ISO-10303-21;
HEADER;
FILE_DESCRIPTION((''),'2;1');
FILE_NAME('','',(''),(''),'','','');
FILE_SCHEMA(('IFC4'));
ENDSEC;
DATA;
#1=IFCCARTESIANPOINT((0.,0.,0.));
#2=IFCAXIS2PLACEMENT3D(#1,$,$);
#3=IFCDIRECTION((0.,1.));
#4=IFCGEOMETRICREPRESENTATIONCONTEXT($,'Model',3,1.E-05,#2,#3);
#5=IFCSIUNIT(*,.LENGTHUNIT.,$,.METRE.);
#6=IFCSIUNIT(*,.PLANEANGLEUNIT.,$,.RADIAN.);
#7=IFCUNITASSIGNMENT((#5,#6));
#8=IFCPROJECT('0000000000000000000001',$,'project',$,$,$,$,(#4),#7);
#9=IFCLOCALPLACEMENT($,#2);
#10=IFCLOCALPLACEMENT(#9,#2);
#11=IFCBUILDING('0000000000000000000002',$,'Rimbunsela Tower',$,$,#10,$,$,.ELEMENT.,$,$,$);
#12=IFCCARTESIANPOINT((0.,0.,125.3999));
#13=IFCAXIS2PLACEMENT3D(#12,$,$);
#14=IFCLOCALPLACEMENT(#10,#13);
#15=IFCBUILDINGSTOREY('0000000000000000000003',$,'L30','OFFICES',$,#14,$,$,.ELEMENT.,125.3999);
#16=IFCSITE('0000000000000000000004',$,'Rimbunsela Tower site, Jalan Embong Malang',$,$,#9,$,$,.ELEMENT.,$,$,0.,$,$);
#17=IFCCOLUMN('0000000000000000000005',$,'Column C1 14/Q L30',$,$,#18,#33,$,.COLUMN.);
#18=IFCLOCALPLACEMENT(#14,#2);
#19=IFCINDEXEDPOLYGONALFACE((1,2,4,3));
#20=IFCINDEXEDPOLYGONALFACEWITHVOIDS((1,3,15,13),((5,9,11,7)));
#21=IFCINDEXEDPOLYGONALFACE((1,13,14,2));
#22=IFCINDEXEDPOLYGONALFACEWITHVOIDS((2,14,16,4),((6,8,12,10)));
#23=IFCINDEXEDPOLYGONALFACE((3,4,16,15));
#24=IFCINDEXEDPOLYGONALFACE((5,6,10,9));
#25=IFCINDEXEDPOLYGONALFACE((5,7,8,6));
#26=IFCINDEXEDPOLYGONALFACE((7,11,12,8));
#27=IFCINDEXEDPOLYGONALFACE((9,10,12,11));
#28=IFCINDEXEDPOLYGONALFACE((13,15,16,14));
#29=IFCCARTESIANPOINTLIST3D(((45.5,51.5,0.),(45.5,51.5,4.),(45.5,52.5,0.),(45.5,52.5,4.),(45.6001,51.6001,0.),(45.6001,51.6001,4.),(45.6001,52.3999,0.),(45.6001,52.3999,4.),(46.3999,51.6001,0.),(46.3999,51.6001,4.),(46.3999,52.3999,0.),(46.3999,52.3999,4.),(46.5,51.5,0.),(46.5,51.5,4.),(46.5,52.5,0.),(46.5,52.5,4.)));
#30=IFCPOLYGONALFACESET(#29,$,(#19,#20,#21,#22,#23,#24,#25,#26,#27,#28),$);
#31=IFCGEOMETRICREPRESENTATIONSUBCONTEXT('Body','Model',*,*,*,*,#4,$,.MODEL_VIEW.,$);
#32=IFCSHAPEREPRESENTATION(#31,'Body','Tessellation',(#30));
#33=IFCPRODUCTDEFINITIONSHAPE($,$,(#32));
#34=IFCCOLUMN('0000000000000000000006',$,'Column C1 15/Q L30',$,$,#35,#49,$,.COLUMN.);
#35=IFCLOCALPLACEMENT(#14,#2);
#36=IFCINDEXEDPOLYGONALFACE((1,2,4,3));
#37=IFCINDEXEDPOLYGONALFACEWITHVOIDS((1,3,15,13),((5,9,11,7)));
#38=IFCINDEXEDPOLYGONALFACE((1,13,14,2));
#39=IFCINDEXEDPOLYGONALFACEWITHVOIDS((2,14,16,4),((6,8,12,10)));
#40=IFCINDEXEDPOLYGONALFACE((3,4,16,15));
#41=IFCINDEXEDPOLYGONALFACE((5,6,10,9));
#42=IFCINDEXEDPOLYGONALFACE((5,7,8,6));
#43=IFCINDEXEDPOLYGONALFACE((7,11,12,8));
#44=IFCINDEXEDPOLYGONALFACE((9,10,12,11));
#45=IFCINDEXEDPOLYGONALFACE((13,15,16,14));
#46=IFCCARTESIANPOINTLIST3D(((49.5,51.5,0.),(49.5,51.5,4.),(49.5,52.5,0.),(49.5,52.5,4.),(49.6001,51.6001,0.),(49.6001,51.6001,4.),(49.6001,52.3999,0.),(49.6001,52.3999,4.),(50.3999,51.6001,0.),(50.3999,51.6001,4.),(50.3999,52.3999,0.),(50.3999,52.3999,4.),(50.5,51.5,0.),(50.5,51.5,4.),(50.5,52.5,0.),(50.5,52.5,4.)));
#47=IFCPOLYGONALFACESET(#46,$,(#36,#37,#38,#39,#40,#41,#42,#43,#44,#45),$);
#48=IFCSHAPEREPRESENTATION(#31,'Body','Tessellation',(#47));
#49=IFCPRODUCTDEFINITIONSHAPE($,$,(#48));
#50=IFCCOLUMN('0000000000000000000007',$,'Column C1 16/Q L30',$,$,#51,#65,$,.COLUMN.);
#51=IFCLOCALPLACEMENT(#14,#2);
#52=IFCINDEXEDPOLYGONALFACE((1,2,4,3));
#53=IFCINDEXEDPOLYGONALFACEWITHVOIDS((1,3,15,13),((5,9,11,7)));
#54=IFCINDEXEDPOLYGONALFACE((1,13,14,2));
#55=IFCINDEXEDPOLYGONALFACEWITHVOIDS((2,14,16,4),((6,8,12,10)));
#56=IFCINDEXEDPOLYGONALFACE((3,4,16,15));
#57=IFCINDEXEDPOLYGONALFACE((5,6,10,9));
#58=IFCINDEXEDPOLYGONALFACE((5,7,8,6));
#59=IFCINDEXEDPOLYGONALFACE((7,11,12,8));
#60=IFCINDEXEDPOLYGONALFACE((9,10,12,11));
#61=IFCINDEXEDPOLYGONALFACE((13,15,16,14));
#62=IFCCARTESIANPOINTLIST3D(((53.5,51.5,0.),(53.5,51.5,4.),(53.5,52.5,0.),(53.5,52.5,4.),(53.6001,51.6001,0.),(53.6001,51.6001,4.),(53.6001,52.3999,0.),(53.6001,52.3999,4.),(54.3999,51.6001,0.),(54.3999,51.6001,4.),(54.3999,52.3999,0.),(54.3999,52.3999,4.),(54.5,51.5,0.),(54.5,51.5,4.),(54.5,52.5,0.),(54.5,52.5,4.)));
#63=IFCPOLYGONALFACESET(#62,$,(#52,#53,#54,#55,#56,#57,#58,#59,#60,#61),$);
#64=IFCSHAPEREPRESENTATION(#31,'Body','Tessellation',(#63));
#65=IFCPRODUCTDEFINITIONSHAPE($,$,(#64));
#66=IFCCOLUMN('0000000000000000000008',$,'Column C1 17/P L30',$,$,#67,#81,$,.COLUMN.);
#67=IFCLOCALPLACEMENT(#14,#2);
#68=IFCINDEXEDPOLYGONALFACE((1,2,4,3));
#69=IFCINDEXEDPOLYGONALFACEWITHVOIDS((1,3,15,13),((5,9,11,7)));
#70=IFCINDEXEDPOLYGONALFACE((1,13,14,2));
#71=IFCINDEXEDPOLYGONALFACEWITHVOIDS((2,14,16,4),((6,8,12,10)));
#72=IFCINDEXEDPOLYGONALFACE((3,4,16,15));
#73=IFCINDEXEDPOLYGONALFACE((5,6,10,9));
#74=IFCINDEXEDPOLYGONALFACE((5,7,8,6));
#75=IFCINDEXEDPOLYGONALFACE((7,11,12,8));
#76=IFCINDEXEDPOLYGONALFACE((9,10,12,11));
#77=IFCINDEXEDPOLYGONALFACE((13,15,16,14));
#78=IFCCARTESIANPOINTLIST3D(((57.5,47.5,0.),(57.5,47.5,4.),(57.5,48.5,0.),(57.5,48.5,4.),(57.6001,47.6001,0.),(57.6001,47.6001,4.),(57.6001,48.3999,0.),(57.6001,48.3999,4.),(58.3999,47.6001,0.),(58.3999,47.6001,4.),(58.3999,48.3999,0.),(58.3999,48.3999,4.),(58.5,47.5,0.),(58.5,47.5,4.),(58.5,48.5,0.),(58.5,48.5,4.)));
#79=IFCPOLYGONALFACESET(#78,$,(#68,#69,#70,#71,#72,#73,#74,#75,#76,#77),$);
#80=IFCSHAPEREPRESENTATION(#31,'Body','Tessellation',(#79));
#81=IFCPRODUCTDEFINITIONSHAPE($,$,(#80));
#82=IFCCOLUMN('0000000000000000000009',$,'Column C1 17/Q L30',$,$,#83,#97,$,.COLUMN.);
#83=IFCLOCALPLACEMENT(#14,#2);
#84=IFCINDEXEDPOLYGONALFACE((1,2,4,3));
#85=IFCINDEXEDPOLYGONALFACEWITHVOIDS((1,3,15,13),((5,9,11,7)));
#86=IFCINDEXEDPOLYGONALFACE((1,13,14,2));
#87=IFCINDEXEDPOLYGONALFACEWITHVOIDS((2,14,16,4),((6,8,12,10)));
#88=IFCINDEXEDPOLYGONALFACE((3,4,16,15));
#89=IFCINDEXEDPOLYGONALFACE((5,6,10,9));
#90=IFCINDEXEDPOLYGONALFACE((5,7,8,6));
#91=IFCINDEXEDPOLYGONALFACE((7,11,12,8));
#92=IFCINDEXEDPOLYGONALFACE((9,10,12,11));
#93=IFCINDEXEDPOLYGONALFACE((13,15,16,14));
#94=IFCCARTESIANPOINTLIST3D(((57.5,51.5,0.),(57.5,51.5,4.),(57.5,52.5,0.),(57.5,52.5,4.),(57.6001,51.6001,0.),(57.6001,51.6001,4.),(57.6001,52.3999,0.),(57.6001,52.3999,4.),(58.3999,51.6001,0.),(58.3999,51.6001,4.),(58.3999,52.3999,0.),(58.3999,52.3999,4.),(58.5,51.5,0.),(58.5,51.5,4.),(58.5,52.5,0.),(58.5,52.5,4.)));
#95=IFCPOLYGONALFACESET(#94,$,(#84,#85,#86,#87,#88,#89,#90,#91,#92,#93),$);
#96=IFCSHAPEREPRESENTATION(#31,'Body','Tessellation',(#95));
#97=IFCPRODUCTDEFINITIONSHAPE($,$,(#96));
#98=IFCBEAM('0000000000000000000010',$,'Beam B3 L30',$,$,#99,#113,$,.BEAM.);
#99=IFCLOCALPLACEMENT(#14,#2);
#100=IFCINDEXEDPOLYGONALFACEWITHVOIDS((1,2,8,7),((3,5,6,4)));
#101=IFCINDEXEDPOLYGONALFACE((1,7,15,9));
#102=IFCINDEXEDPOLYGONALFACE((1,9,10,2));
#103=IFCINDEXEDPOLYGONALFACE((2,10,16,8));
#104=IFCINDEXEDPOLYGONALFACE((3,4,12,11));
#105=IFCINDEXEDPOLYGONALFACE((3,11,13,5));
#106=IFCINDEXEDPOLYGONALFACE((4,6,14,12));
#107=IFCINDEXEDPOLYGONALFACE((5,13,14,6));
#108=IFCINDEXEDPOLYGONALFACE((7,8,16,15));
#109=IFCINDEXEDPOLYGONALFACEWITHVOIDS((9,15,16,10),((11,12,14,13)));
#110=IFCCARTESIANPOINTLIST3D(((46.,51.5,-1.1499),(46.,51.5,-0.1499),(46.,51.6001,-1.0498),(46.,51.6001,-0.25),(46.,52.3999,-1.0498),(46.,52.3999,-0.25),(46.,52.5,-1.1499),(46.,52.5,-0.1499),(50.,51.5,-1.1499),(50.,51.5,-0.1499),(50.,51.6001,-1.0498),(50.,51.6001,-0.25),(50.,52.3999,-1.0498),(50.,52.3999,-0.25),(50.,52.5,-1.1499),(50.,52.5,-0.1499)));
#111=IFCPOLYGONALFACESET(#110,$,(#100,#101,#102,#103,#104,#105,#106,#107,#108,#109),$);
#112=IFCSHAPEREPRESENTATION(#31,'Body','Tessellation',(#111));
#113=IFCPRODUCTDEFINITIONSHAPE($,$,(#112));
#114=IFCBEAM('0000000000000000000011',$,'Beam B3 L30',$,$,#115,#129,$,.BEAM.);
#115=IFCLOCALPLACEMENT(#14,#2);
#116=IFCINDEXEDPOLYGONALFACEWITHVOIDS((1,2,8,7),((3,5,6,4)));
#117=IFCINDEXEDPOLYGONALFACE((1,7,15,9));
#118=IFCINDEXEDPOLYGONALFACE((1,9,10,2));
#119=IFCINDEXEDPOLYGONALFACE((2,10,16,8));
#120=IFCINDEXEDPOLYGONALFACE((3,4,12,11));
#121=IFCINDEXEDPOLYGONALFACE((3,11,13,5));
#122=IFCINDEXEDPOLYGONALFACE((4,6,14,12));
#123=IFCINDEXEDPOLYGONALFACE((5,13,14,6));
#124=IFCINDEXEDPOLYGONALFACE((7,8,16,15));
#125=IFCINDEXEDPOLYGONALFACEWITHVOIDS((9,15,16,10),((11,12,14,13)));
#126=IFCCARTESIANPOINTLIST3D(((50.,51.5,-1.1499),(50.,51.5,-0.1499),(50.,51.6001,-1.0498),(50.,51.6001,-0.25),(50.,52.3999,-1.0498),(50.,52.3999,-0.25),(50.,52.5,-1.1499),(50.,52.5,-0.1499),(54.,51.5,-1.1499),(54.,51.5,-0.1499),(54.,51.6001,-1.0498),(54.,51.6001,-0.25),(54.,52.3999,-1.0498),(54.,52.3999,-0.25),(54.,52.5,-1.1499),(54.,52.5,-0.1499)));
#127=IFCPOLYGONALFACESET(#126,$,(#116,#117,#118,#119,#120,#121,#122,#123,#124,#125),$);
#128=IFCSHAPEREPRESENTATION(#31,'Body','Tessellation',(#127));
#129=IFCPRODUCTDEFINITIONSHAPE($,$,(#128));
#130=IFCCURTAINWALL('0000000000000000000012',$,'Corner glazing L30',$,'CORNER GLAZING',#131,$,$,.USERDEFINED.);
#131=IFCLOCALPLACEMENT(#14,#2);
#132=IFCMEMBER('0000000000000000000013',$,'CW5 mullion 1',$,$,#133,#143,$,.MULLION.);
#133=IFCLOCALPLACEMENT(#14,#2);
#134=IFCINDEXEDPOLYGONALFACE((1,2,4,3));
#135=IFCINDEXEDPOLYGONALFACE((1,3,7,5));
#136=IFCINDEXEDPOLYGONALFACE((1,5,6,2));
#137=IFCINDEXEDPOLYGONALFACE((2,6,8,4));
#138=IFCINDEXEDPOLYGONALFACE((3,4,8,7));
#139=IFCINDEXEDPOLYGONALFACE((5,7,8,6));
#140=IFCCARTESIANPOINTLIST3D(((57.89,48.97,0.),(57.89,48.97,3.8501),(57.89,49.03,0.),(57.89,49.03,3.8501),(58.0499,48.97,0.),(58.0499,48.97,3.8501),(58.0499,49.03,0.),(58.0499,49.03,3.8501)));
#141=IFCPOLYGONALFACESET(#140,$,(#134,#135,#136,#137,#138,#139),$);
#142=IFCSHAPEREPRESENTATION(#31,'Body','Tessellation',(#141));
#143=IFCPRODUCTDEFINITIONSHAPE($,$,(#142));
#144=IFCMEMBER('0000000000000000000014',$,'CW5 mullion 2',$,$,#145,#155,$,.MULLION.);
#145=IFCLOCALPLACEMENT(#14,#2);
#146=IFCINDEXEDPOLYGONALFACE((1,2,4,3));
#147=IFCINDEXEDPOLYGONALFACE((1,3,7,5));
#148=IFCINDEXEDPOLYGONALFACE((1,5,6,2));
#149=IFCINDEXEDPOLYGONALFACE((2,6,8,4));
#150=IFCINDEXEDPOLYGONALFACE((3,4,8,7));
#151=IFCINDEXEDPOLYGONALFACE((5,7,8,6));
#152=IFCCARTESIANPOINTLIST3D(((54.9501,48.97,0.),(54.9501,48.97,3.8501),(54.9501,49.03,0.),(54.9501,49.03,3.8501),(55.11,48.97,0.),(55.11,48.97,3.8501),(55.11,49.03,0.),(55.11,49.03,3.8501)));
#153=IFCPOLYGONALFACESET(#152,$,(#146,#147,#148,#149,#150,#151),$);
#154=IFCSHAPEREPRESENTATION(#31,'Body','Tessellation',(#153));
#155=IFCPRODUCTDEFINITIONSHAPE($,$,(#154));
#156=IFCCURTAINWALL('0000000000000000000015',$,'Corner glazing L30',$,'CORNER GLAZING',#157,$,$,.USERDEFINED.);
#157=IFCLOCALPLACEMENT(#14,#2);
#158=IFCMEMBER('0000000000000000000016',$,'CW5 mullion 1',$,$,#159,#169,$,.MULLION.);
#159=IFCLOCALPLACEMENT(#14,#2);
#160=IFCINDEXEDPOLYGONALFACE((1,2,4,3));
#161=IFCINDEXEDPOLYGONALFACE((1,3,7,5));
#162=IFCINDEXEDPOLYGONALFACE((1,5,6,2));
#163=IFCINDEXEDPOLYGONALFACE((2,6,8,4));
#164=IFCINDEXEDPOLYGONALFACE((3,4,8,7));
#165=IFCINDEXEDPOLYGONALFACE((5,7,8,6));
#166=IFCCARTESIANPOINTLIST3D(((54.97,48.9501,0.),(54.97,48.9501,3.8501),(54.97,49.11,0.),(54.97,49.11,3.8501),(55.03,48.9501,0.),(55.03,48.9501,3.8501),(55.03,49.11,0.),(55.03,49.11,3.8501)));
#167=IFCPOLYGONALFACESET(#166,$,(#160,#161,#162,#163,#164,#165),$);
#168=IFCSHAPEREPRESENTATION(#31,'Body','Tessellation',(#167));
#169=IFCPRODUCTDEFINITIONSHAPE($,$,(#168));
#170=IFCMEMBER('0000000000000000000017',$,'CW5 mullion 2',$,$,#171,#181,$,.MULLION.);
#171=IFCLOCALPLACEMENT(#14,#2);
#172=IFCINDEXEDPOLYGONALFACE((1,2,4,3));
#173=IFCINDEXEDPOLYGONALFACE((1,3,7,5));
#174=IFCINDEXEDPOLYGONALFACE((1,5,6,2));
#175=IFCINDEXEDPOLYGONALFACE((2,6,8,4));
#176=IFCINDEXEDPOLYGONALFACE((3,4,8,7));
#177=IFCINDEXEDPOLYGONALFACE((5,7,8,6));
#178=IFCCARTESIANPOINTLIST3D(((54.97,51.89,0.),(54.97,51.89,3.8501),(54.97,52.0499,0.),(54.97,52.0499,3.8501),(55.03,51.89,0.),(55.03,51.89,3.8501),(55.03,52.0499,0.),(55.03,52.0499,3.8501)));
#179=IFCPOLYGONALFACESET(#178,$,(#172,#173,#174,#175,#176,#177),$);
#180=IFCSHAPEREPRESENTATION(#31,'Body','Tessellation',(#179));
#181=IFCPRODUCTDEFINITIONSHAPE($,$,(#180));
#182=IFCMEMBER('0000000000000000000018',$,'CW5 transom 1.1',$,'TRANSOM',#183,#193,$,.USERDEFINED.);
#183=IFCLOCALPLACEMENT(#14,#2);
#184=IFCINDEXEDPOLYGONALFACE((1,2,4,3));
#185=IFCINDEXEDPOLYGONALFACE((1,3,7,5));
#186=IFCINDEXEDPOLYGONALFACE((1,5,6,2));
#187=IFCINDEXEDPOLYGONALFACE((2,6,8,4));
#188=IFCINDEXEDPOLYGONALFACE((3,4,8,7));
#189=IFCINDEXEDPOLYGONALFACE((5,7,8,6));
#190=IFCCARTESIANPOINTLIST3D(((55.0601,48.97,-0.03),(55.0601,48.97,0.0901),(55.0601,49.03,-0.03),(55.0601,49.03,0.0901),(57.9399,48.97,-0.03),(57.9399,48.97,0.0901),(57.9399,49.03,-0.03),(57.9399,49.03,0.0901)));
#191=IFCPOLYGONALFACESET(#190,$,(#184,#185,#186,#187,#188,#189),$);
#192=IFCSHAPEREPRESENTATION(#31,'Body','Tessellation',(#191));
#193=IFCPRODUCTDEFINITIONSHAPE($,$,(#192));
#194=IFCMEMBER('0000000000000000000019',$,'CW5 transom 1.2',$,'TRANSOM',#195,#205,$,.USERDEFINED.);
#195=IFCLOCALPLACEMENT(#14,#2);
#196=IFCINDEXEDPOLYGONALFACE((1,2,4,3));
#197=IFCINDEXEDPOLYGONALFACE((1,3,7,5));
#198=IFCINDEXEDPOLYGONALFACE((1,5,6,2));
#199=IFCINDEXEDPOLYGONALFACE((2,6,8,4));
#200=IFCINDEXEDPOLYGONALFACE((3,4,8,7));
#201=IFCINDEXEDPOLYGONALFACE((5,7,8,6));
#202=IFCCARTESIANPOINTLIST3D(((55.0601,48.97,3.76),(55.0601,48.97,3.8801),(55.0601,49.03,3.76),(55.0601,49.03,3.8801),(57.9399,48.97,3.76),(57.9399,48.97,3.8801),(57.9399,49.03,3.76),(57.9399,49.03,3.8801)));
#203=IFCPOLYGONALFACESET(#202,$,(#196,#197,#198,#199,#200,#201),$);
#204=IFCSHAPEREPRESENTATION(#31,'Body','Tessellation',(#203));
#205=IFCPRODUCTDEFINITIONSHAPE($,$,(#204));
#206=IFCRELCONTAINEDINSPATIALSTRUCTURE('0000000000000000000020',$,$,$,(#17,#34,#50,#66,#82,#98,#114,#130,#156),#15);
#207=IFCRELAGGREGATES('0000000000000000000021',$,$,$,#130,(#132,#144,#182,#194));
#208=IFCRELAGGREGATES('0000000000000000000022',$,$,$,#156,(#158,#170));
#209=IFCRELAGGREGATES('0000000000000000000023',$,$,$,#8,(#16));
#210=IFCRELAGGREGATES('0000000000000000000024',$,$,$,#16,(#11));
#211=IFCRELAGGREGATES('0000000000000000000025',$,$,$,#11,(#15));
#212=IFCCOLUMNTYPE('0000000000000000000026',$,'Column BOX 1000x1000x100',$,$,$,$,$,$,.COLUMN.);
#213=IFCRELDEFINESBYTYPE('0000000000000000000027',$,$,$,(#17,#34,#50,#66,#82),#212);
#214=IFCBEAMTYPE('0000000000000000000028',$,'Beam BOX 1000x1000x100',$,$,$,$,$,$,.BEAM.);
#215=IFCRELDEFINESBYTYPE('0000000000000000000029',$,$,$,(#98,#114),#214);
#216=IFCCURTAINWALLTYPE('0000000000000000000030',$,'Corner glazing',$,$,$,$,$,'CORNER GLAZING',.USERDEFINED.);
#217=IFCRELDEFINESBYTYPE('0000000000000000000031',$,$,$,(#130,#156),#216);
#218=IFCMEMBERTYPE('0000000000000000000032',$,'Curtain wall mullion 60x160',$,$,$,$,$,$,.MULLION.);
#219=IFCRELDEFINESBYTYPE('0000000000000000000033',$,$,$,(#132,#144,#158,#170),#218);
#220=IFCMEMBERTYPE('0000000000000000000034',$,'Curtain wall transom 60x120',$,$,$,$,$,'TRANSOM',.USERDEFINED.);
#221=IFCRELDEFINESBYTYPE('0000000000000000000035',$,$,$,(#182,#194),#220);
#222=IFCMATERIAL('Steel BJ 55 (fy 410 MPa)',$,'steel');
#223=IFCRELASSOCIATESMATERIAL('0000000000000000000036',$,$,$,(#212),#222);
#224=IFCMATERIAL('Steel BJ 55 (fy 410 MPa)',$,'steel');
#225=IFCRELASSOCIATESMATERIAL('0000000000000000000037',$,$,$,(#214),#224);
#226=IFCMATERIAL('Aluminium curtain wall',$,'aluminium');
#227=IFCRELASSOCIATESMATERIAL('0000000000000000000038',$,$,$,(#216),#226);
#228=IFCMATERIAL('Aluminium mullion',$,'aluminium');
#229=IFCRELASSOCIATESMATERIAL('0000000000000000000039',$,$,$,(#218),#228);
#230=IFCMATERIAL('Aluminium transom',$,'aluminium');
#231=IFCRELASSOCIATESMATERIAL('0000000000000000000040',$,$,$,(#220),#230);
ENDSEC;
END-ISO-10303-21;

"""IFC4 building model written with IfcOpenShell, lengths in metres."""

from ifc_helpers import new_model, si_unit, direction, frame, origin, origin_2d, place, context, subcontext, project, spatial, rectangle, hollow_rectangle, extrude, material, material_profile, profile_set, type_object, element, aggregate, save


model = new_model("IFC4")

# Units and contexts
model_context = context("Model", 3, precision=1e-05, world=origin(), true_north=direction((0.0, 1.0)))
body_context = subcontext(model_context, "Body", "Model", "MODEL_VIEW")
ifc_project = project(units=[si_unit("LENGTHUNIT", "METRE"), si_unit("PLANEANGLEUNIT", "RADIAN")], contexts=[model_context])

# Site, building, storey
site_placement = place(None, origin())
site = spatial("IfcSite", under=ifc_project, at=site_placement, Name="Rimbunsela Tower site, Jalan Embong Malang", CompositionType="ELEMENT", RefElevation=0.0)
building_placement = place(site_placement, origin())
building = spatial("IfcBuilding", under=site, at=building_placement, Name="Rimbunsela Tower", CompositionType="ELEMENT")
storey_placement = place(building_placement, frame((0.0, 0.0, 125.3999)))
storey = spatial("IfcBuildingStorey", under=building, at=storey_placement, Name="L30", Description="OFFICES", CompositionType="ELEMENT", Elevation=125.3999)

# Columns
ifc_material_1 = material(Name="Steel BJ 55 (fy 410 MPa)", Category="steel")
ifc_material_profile_1 = material_profile(ifc_material_1, hollow_rectangle(XDim=1.0, YDim=1.0, WallThickness=0.1001, at=origin_2d()), Name="BOX 1000x1000x100")
ifc_profile_set_1 = profile_set([ifc_material_profile_1], Name="Steel BJ 55 (fy 410 MPa)")
column_type = type_object("IfcColumnType", Name="Column BOX 1000x1000x100", PredefinedType="COLUMN", material=ifc_profile_set_1)
for number, where, z_axis, x_axis, name in (
    (1, (46.0, 52.0, 0.0), (0.0, 0.0, 1.0), (1.0, 0.0, 0.0), "Column C1 14/Q L30"),
    (2, (50.0, 52.0, 0.0), (0.0, 0.0, 1.0), (1.0, 0.0, 0.0), "Column C1 15/Q L30"),
    (3, (54.0, 52.0, 0.0), (0.0, 0.0, 1.0), (1.0, 0.0, 0.0), "Column C1 16/Q L30"),
    (4, (58.0, 48.0, 0.0), (0.0, 0.0, 1.0), (1.0, 0.0, 0.0), "Column C1 17/P L30"),
    (5, (58.0, 52.0, 0.0), (0.0, 0.0, 1.0), (1.0, 0.0, 0.0), "Column C1 17/Q L30"),
):
    element("IfcColumn", number, at=place(storey_placement, frame(where, z_axis=z_axis, x_axis=x_axis)), inside=storey, type_object=column_type, Name=name, PredefinedType="COLUMN", context=body_context, shape_type="SweptSolid", body=[
        extrude(hollow_rectangle(XDim=1.0, YDim=1.0, WallThickness=0.1001, at=origin_2d()), origin(), (0.0, 0.0, 1.0), 4.0),
    ])

# Beams
ifc_material_2 = material(Name="Steel BJ 55 (fy 410 MPa)", Category="steel")
ifc_material_profile_2 = material_profile(ifc_material_2, hollow_rectangle(XDim=1.0, YDim=1.0, WallThickness=0.1001, at=origin_2d()), Name="BOX 1000x1000x100")
ifc_profile_set_2 = profile_set([ifc_material_profile_2], Name="Steel BJ 55 (fy 410 MPa)")
beam_type = type_object("IfcBeamType", Name="Beam BOX 1000x1000x100", PredefinedType="BEAM", material=ifc_profile_set_2)
for number, where, z_axis, x_axis, name in (
    (6, (46.0, 52.0, -0.6499), (1.0, 0.0, 0.0), (0.0, 1.0, 0.0), "Beam B3 L30"),
    (7, (50.0, 52.0, -0.6499), (1.0, 0.0, 0.0), (0.0, 1.0, 0.0), "Beam B3 L30"),
):
    element("IfcBeam", number, at=place(storey_placement, frame(where, z_axis=z_axis, x_axis=x_axis)), inside=storey, type_object=beam_type, Name=name, PredefinedType="BEAM", context=body_context, shape_type="SweptSolid", body=[
        extrude(hollow_rectangle(XDim=1.0, YDim=1.0, WallThickness=0.1001, at=origin_2d()), origin(), (0.0, 0.0, 1.0), 4.0),
    ])

# Curtain walls, members
ifc_material_3 = material(Name="Aluminium curtain wall", Category="aluminium")
curtain_wall_type = type_object("IfcCurtainWallType", Name="Corner glazing", ElementType="CORNER GLAZING", PredefinedType="USERDEFINED", material=ifc_material_3)
curtain_wall_1_placement = place(storey_placement, origin())
curtain_wall_1 = element("IfcCurtainWall", 8, at=curtain_wall_1_placement, inside=storey, type_object=curtain_wall_type, Name="Corner glazing L30", ObjectType="CORNER GLAZING", PredefinedType="USERDEFINED")
ifc_material_4 = material(Name="Aluminium mullion", Category="aluminium")
ifc_material_profile_3 = material_profile(ifc_material_4, rectangle(XDim=0.0601, YDim=0.1599, at=origin_2d()), Name="Mullion 60x160")
ifc_profile_set_3 = profile_set([ifc_material_profile_3], Name="Aluminium mullion")
member_type_1 = type_object("IfcMemberType", Name="Curtain wall mullion 60x160", PredefinedType="MULLION", material=ifc_profile_set_3)
member_1_placement = place(storey_placement, frame((57.97, 49.0, 0.0), z_axis=(0.0, 0.0, 1.0), x_axis=(0.0, -1.0, 0.0)))
member_1 = element("IfcMember", 9, at=member_1_placement, type_object=member_type_1, Name="CW5 mullion 1", PredefinedType="MULLION", context=body_context, shape_type="SweptSolid", body=[
    extrude(rectangle(XDim=0.0601, YDim=0.1599, at=origin_2d()), origin(), (0.0, 0.0, 1.0), 3.8501),
])
member_2_placement = place(storey_placement, frame((55.03, 49.0, 0.0), z_axis=(0.0, 0.0, 1.0), x_axis=(0.0, -1.0, 0.0)))
member_2 = element("IfcMember", 10, at=member_2_placement, type_object=member_type_1, Name="CW5 mullion 2", PredefinedType="MULLION", context=body_context, shape_type="SweptSolid", body=[
    extrude(rectangle(XDim=0.0601, YDim=0.1599, at=origin_2d()), origin(), (0.0, 0.0, 1.0), 3.8501),
])
curtain_wall_2_placement = place(storey_placement, origin())
curtain_wall_2 = element("IfcCurtainWall", 11, at=curtain_wall_2_placement, inside=storey, type_object=curtain_wall_type, Name="Corner glazing L30", ObjectType="CORNER GLAZING", PredefinedType="USERDEFINED")
member_3_placement = place(storey_placement, frame((55.0, 49.03, 0.0), z_axis=(0.0, 0.0, 1.0), x_axis=(-1.0, 0.0, 0.0)))
member_3 = element("IfcMember", 12, at=member_3_placement, type_object=member_type_1, Name="CW5 mullion 1", PredefinedType="MULLION", context=body_context, shape_type="SweptSolid", body=[
    extrude(rectangle(XDim=0.0601, YDim=0.1599, at=origin_2d()), origin(), (0.0, 0.0, 1.0), 3.8501),
])
member_4_placement = place(storey_placement, frame((55.0, 51.97, 0.0), z_axis=(0.0, 0.0, 1.0), x_axis=(-1.0, 0.0, 0.0)))
member_4 = element("IfcMember", 13, at=member_4_placement, type_object=member_type_1, Name="CW5 mullion 2", PredefinedType="MULLION", context=body_context, shape_type="SweptSolid", body=[
    extrude(rectangle(XDim=0.0601, YDim=0.1599, at=origin_2d()), origin(), (0.0, 0.0, 1.0), 3.8501),
])

# Members
ifc_material_5 = material(Name="Aluminium transom", Category="aluminium")
ifc_material_profile_4 = material_profile(ifc_material_5, rectangle(XDim=0.0601, YDim=0.1201, at=origin_2d()), Name="Transom 60x120")
ifc_profile_set_4 = profile_set([ifc_material_profile_4], Name="Aluminium transom")
member_type_2 = type_object("IfcMemberType", Name="Curtain wall transom 60x120", ElementType="TRANSOM", PredefinedType="USERDEFINED", material=ifc_profile_set_4)
member_5_placement = place(storey_placement, frame((57.9399, 49.0, 0.03), z_axis=(-1.0, 0.0, 0.0), x_axis=(0.0, -1.0, 0.0)))
member_5 = element("IfcMember", 14, at=member_5_placement, type_object=member_type_2, Name="CW5 transom 1.1", ObjectType="TRANSOM", PredefinedType="USERDEFINED", context=body_context, shape_type="SweptSolid", body=[
    extrude(rectangle(XDim=0.0601, YDim=0.1201, at=origin_2d()), origin(), (0.0, 0.0, 1.0), 2.8799),
])
member_6_placement = place(storey_placement, frame((57.9399, 49.0, 3.8201), z_axis=(-1.0, 0.0, 0.0), x_axis=(0.0, -1.0, 0.0)))
member_6 = element("IfcMember", 15, at=member_6_placement, type_object=member_type_2, Name="CW5 transom 1.2", ObjectType="TRANSOM", PredefinedType="USERDEFINED", context=body_context, shape_type="SweptSolid", body=[
    extrude(rectangle(XDim=0.0601, YDim=0.1201, at=origin_2d()), origin(), (0.0, 0.0, 1.0), 2.8799),
])

aggregate(curtain_wall_1, [member_1, member_2, member_5, member_6])
aggregate(curtain_wall_2, [member_3, member_4])

save(model, "model.ifc")
